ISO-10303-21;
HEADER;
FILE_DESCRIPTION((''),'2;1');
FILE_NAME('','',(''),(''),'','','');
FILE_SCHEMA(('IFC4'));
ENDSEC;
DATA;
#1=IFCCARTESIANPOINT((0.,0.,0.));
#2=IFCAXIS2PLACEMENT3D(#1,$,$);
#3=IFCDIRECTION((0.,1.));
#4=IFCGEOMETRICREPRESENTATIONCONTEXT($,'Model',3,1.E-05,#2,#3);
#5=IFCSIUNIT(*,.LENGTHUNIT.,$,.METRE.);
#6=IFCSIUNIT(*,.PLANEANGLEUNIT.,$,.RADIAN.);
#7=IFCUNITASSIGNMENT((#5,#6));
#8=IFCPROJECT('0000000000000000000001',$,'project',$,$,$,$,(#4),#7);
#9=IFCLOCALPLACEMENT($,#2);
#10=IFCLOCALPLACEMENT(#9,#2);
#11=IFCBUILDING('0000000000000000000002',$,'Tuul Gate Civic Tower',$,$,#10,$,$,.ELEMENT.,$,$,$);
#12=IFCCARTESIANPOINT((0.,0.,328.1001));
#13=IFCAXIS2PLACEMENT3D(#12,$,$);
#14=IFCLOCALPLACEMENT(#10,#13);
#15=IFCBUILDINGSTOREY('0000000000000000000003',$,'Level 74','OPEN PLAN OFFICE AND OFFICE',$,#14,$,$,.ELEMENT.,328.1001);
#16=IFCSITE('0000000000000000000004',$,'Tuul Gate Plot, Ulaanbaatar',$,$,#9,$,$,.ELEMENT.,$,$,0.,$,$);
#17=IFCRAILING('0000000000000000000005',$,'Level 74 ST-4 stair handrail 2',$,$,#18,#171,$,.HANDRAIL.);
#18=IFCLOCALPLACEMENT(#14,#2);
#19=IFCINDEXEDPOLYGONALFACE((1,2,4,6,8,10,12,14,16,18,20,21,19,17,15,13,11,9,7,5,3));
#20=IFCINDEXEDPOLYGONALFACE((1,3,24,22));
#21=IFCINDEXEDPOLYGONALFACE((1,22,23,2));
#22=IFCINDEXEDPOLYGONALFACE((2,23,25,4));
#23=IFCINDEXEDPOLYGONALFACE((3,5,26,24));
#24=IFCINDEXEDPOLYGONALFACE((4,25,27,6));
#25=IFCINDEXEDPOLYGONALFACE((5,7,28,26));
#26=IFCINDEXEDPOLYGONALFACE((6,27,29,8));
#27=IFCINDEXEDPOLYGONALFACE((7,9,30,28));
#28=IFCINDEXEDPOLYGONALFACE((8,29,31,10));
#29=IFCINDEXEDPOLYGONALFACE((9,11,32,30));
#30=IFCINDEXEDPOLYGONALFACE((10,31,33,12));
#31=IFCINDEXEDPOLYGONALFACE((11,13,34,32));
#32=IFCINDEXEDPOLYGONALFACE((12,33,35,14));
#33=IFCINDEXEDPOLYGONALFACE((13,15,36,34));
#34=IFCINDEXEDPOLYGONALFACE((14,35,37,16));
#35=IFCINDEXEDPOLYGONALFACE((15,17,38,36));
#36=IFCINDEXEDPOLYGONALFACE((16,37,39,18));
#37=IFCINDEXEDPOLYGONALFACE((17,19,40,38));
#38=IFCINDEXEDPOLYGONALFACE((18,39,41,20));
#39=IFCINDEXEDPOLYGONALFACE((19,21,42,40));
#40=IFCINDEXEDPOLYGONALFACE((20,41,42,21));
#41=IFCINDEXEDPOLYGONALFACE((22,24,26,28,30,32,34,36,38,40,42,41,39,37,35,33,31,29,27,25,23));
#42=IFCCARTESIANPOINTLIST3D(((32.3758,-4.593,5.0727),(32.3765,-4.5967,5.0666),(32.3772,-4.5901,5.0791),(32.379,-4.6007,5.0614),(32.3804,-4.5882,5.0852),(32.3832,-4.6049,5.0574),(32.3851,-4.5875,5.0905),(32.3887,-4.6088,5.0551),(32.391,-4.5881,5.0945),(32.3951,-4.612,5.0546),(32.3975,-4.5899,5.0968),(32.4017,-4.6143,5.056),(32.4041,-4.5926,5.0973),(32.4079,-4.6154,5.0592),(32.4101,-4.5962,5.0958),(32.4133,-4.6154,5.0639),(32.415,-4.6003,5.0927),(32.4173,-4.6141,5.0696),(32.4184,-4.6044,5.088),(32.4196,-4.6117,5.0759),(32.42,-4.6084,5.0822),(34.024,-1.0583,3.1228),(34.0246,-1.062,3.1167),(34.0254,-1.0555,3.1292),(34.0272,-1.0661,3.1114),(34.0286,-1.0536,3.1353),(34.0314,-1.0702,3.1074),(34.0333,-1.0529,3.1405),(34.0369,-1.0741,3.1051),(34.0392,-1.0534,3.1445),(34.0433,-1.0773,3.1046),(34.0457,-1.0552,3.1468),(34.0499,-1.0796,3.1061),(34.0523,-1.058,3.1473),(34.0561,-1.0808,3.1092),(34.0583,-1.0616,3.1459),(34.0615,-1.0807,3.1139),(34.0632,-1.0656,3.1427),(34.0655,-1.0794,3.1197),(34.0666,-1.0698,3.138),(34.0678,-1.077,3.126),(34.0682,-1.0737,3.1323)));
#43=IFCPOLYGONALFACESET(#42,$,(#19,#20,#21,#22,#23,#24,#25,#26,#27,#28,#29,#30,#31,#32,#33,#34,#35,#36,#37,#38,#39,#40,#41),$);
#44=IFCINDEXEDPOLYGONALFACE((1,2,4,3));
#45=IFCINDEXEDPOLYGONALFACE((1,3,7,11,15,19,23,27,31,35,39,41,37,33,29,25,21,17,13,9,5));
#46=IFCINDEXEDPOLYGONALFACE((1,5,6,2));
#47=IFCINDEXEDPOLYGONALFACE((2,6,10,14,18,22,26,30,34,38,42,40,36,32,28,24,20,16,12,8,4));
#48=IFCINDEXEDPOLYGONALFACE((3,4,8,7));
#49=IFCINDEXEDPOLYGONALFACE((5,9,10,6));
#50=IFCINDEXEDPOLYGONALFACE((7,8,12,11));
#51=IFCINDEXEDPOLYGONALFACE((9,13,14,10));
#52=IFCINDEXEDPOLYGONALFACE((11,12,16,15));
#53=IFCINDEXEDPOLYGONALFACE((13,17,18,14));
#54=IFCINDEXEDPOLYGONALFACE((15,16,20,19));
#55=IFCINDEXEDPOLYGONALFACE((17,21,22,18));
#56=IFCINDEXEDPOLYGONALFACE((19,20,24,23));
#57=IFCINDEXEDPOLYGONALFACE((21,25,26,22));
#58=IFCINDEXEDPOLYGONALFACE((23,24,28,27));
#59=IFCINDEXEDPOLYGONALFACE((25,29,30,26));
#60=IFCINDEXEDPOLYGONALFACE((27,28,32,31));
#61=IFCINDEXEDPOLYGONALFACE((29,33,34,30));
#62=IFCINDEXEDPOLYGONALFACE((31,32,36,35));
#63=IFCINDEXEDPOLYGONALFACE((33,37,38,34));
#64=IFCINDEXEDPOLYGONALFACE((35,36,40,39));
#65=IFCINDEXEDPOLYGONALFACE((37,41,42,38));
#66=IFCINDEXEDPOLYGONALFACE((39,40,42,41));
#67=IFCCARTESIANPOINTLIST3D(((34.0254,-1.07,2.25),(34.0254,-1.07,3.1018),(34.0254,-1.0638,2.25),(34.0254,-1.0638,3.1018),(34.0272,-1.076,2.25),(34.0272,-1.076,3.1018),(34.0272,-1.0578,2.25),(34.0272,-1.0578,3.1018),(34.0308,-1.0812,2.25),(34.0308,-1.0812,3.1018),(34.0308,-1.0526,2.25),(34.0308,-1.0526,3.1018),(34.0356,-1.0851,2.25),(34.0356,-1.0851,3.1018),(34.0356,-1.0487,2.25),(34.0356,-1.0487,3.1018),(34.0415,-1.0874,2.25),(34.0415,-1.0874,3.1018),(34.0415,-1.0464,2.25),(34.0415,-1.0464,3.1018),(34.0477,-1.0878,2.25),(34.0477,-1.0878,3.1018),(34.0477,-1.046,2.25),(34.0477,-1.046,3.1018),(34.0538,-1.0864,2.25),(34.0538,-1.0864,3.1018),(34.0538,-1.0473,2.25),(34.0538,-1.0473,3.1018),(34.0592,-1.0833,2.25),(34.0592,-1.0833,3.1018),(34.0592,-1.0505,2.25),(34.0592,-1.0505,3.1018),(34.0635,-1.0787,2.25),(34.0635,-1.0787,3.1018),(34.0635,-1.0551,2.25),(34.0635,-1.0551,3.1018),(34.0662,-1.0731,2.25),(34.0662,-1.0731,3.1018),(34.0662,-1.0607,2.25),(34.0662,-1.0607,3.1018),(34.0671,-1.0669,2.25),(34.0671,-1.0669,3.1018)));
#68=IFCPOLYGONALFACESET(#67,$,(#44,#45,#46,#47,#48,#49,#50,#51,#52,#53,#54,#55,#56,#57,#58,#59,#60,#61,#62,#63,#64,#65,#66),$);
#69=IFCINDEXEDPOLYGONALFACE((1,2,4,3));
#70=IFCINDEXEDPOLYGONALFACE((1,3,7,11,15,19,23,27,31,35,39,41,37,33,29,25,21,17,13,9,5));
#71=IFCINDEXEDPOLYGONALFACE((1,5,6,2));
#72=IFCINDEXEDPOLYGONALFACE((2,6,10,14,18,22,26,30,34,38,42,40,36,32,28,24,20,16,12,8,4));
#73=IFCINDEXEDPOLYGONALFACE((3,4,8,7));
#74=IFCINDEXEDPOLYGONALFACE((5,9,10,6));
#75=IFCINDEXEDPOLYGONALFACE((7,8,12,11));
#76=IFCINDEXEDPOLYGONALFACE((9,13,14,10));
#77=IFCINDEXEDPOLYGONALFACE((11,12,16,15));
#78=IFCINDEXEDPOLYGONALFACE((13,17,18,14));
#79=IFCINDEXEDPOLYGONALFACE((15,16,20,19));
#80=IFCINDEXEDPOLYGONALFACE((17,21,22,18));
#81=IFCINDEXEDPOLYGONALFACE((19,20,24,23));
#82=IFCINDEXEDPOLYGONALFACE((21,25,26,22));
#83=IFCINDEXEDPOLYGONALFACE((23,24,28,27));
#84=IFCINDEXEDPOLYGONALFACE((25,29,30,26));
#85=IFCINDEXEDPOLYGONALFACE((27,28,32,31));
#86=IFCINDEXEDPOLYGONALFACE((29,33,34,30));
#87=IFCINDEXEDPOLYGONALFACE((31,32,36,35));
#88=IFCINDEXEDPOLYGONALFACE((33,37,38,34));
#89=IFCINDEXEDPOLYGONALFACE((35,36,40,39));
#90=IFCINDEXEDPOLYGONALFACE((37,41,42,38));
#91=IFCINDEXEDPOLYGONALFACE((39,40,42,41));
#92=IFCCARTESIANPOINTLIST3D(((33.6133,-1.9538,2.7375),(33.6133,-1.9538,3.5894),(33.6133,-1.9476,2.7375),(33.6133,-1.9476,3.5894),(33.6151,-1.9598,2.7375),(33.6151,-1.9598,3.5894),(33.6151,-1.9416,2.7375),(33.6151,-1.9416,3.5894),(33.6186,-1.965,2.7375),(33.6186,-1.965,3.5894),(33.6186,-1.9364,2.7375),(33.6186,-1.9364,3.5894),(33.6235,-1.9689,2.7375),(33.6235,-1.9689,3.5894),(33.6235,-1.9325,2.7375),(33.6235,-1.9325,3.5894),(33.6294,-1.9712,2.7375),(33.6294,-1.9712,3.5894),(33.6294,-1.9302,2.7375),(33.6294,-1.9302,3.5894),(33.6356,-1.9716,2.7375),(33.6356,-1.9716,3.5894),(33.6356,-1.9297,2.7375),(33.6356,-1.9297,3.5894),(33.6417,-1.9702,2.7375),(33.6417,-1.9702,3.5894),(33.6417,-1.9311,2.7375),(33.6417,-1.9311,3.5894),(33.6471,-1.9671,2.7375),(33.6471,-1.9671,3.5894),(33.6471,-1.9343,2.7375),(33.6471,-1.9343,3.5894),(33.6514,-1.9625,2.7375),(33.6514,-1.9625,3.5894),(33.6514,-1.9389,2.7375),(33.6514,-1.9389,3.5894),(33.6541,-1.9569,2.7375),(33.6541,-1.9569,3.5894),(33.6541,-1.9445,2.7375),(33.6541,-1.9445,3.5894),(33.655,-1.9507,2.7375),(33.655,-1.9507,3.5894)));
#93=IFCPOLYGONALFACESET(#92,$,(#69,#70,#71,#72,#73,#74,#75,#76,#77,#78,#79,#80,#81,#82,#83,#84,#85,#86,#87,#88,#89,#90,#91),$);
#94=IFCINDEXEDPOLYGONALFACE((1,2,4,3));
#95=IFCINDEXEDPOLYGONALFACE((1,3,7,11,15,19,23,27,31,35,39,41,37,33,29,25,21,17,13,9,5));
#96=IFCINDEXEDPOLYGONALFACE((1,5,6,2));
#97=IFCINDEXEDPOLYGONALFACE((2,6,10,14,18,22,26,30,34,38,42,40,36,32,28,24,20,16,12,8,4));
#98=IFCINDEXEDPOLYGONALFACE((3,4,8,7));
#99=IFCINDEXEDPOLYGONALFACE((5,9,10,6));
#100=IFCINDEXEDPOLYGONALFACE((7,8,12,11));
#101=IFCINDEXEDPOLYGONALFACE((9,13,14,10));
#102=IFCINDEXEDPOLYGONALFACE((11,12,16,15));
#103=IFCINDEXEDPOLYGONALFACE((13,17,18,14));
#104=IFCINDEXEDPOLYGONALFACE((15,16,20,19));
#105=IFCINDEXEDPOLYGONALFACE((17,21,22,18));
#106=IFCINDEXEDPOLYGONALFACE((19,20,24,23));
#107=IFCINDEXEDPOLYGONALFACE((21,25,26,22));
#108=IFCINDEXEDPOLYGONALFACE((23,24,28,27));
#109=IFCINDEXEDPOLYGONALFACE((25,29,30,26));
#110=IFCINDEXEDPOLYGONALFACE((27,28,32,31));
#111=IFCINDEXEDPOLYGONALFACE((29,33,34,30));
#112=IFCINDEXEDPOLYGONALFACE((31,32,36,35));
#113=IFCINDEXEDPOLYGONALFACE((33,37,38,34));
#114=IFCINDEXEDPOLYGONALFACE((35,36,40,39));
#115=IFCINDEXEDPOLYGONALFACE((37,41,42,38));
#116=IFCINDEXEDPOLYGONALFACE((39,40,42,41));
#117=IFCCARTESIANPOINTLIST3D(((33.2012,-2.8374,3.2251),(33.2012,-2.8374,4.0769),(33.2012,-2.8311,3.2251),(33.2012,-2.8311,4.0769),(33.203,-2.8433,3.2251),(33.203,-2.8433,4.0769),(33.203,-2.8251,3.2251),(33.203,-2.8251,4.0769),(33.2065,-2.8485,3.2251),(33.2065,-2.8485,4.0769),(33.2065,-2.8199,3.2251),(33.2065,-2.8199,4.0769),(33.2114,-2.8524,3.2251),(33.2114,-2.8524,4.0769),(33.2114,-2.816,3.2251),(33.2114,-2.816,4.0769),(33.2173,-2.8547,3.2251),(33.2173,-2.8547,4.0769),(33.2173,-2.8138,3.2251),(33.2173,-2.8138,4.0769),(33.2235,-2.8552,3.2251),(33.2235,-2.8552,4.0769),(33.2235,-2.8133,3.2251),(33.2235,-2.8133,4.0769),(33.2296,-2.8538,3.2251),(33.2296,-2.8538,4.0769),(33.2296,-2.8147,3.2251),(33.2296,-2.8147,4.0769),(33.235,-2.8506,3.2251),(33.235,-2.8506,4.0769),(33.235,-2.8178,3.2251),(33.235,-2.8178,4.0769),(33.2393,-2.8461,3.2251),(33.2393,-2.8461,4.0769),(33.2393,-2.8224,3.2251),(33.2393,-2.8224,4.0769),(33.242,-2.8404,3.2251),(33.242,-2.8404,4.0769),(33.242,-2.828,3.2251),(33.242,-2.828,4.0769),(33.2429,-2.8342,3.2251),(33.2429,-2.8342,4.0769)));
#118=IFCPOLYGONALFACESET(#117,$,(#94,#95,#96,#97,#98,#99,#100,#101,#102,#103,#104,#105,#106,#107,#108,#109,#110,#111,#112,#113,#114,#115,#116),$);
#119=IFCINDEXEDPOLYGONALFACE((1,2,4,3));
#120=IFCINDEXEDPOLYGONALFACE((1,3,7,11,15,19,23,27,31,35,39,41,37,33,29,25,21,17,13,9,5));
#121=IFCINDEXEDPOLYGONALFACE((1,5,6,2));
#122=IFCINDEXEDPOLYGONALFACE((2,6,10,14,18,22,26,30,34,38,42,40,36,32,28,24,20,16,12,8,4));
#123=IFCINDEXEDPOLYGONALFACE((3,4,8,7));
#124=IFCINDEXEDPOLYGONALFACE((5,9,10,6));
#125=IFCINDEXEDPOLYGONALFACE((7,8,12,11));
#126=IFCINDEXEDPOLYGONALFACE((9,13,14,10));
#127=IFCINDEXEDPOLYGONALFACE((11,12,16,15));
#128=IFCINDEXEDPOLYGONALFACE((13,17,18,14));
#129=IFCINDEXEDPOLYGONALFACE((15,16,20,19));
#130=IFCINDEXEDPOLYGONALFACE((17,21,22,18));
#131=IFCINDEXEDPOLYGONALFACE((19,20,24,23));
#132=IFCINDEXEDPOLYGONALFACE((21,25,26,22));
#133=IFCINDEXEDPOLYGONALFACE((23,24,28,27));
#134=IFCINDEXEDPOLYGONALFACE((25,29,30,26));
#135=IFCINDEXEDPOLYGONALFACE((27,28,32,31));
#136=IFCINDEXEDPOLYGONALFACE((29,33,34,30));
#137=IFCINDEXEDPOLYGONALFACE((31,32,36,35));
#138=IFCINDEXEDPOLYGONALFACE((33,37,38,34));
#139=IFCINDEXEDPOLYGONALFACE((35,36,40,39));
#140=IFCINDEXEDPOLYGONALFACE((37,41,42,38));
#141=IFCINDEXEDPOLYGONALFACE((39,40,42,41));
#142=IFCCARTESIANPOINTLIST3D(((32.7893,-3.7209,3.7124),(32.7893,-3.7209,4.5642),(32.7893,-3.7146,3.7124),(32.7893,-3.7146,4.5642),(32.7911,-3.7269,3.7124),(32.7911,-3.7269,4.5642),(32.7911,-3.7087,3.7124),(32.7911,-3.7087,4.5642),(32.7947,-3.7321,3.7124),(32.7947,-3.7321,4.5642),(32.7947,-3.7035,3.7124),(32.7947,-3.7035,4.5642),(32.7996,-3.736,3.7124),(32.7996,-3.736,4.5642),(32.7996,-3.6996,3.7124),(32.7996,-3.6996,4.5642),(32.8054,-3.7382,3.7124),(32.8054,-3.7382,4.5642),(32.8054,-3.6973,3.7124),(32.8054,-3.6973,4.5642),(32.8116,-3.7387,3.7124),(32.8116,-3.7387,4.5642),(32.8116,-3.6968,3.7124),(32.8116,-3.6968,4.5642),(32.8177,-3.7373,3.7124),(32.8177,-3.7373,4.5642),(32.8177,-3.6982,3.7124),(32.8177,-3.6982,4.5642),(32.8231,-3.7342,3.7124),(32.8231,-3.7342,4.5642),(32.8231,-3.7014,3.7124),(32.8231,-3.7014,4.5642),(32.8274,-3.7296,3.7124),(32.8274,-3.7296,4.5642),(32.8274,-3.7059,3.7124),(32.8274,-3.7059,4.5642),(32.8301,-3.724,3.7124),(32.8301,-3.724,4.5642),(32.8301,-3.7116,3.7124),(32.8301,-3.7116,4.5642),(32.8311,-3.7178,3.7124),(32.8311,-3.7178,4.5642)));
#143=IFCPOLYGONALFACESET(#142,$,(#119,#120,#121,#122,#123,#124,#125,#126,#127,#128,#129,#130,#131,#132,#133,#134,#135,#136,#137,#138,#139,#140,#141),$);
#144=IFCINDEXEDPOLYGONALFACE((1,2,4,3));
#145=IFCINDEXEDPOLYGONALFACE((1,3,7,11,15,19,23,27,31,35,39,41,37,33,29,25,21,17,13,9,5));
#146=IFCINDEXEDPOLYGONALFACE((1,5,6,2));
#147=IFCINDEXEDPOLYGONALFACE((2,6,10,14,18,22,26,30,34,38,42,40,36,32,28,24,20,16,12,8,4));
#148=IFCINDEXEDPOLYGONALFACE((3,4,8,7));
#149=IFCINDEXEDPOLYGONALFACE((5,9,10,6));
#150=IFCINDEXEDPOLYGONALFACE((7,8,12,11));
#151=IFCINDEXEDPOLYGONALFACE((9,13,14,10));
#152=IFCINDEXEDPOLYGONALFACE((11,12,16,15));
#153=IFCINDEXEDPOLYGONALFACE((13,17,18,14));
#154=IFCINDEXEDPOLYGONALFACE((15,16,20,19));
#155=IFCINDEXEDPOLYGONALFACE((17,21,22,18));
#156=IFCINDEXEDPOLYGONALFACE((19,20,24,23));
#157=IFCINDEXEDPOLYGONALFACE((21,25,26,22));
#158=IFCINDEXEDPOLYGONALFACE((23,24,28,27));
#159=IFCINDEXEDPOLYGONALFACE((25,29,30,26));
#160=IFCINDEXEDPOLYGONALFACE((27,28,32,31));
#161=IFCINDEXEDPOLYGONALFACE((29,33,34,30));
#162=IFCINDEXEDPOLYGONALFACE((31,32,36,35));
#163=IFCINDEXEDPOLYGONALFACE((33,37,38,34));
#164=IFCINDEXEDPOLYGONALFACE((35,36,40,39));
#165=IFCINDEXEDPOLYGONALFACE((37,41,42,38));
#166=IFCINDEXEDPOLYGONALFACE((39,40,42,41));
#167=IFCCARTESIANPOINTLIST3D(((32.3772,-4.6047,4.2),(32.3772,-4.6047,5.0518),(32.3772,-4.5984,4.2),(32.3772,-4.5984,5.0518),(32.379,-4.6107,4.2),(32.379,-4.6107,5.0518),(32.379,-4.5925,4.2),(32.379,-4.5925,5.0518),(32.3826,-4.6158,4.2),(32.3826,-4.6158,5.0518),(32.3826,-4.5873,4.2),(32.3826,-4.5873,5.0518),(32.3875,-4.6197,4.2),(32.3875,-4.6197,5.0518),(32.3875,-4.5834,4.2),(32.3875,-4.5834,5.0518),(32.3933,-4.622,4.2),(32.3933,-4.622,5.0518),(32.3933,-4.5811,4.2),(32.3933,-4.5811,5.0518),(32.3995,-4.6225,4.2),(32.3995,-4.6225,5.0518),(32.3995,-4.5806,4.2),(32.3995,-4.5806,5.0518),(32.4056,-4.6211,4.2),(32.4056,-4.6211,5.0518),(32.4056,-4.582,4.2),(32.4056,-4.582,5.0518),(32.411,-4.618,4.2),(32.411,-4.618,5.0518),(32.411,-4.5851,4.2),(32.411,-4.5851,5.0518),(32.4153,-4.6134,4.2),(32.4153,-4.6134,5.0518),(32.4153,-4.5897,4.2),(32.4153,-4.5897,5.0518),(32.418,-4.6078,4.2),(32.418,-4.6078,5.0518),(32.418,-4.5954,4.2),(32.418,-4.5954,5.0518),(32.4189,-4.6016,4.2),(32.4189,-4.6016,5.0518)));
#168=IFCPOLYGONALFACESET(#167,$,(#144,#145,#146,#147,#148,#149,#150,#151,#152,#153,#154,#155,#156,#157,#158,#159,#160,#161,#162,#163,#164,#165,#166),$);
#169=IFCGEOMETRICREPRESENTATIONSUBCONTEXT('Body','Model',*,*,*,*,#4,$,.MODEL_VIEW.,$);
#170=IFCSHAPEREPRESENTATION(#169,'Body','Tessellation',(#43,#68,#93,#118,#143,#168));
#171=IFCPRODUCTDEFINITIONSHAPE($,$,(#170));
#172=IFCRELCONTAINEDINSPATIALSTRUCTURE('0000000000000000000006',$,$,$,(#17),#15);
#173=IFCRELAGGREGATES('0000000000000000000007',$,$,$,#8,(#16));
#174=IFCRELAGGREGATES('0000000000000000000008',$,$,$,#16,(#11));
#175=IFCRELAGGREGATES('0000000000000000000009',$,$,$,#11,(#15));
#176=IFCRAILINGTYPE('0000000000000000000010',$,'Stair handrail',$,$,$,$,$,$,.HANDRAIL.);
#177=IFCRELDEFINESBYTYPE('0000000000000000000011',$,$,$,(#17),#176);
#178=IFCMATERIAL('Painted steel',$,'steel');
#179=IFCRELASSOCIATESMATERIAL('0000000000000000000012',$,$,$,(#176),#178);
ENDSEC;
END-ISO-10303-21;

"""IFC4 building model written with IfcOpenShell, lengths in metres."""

from ifc_helpers import new_model, si_unit, direction, frame, origin, origin_2d, place, context, subcontext, project, spatial, circle, extrude, material, type_object, element, save


model = new_model("IFC4")

# Units and contexts
model_context = context("Model", 3, precision=1e-05, world=origin(), true_north=direction((0.0, 1.0)))
body_context = subcontext(model_context, "Body", "Model", "MODEL_VIEW")
ifc_project = project(units=[si_unit("LENGTHUNIT", "METRE"), si_unit("PLANEANGLEUNIT", "RADIAN")], contexts=[model_context])

# Site, building, storey
site_placement = place(None, origin())
site = spatial("IfcSite", under=ifc_project, at=site_placement, Name="Tuul Gate Plot, Ulaanbaatar", CompositionType="ELEMENT", RefElevation=0.0)
building_placement = place(site_placement, origin())
building = spatial("IfcBuilding", under=site, at=building_placement, Name="Tuul Gate Civic Tower", CompositionType="ELEMENT")
storey_placement = place(building_placement, frame((0.0, 0.0, 328.1001)))
storey = spatial("IfcBuildingStorey", under=building, at=storey_placement, Name="Level 74", Description="OPEN PLAN OFFICE AND OFFICE", CompositionType="ELEMENT", Elevation=328.1001)

# Railing
ifc_material_1 = material(Name="Painted steel", Category="steel")
railing_type = type_object("IfcRailingType", Name="Stair handrail", PredefinedType="HANDRAIL", material=ifc_material_1)
railing_1_placement = place(storey_placement, frame((34.0461, -1.0669, 2.25)))
element("IfcRailing", 1, at=railing_1_placement, inside=storey, type_object=railing_type, Name="Level 74 ST-4 stair handrail 2", PredefinedType="HANDRAIL", context=body_context, shape_type="SweptSolid", body=[
    extrude(circle(Radius=0.0239, at=origin_2d()), frame((0.0, 0.0, 0.876), z_axis=(-0.377995, -0.810637, 0.4472), x_axis=(0.906313, -0.422608, 0.0)), (0.0, 0.0, 1.0), 4.3604),
    extrude(circle(Radius=0.021, at=origin_2d()), origin(), (0.0, 0.0, 1.0), 0.8518),
    extrude(circle(Radius=0.021, at=origin_2d()), frame((-0.4121, -0.8838, 0.4875)), (0.0, 0.0, 1.0), 0.8518),
    extrude(circle(Radius=0.021, at=origin_2d()), frame((-0.8242, -1.7673, 0.9751)), (0.0, 0.0, 1.0), 0.8518),
    extrude(circle(Radius=0.021, at=origin_2d()), frame((-1.2361, -2.6509, 1.4624)), (0.0, 0.0, 1.0), 0.8518),
    extrude(circle(Radius=0.021, at=origin_2d()), frame((-1.6482, -3.5347, 1.95)), (0.0, 0.0, 1.0), 0.8518),
])

save(model, "model.ifc")
